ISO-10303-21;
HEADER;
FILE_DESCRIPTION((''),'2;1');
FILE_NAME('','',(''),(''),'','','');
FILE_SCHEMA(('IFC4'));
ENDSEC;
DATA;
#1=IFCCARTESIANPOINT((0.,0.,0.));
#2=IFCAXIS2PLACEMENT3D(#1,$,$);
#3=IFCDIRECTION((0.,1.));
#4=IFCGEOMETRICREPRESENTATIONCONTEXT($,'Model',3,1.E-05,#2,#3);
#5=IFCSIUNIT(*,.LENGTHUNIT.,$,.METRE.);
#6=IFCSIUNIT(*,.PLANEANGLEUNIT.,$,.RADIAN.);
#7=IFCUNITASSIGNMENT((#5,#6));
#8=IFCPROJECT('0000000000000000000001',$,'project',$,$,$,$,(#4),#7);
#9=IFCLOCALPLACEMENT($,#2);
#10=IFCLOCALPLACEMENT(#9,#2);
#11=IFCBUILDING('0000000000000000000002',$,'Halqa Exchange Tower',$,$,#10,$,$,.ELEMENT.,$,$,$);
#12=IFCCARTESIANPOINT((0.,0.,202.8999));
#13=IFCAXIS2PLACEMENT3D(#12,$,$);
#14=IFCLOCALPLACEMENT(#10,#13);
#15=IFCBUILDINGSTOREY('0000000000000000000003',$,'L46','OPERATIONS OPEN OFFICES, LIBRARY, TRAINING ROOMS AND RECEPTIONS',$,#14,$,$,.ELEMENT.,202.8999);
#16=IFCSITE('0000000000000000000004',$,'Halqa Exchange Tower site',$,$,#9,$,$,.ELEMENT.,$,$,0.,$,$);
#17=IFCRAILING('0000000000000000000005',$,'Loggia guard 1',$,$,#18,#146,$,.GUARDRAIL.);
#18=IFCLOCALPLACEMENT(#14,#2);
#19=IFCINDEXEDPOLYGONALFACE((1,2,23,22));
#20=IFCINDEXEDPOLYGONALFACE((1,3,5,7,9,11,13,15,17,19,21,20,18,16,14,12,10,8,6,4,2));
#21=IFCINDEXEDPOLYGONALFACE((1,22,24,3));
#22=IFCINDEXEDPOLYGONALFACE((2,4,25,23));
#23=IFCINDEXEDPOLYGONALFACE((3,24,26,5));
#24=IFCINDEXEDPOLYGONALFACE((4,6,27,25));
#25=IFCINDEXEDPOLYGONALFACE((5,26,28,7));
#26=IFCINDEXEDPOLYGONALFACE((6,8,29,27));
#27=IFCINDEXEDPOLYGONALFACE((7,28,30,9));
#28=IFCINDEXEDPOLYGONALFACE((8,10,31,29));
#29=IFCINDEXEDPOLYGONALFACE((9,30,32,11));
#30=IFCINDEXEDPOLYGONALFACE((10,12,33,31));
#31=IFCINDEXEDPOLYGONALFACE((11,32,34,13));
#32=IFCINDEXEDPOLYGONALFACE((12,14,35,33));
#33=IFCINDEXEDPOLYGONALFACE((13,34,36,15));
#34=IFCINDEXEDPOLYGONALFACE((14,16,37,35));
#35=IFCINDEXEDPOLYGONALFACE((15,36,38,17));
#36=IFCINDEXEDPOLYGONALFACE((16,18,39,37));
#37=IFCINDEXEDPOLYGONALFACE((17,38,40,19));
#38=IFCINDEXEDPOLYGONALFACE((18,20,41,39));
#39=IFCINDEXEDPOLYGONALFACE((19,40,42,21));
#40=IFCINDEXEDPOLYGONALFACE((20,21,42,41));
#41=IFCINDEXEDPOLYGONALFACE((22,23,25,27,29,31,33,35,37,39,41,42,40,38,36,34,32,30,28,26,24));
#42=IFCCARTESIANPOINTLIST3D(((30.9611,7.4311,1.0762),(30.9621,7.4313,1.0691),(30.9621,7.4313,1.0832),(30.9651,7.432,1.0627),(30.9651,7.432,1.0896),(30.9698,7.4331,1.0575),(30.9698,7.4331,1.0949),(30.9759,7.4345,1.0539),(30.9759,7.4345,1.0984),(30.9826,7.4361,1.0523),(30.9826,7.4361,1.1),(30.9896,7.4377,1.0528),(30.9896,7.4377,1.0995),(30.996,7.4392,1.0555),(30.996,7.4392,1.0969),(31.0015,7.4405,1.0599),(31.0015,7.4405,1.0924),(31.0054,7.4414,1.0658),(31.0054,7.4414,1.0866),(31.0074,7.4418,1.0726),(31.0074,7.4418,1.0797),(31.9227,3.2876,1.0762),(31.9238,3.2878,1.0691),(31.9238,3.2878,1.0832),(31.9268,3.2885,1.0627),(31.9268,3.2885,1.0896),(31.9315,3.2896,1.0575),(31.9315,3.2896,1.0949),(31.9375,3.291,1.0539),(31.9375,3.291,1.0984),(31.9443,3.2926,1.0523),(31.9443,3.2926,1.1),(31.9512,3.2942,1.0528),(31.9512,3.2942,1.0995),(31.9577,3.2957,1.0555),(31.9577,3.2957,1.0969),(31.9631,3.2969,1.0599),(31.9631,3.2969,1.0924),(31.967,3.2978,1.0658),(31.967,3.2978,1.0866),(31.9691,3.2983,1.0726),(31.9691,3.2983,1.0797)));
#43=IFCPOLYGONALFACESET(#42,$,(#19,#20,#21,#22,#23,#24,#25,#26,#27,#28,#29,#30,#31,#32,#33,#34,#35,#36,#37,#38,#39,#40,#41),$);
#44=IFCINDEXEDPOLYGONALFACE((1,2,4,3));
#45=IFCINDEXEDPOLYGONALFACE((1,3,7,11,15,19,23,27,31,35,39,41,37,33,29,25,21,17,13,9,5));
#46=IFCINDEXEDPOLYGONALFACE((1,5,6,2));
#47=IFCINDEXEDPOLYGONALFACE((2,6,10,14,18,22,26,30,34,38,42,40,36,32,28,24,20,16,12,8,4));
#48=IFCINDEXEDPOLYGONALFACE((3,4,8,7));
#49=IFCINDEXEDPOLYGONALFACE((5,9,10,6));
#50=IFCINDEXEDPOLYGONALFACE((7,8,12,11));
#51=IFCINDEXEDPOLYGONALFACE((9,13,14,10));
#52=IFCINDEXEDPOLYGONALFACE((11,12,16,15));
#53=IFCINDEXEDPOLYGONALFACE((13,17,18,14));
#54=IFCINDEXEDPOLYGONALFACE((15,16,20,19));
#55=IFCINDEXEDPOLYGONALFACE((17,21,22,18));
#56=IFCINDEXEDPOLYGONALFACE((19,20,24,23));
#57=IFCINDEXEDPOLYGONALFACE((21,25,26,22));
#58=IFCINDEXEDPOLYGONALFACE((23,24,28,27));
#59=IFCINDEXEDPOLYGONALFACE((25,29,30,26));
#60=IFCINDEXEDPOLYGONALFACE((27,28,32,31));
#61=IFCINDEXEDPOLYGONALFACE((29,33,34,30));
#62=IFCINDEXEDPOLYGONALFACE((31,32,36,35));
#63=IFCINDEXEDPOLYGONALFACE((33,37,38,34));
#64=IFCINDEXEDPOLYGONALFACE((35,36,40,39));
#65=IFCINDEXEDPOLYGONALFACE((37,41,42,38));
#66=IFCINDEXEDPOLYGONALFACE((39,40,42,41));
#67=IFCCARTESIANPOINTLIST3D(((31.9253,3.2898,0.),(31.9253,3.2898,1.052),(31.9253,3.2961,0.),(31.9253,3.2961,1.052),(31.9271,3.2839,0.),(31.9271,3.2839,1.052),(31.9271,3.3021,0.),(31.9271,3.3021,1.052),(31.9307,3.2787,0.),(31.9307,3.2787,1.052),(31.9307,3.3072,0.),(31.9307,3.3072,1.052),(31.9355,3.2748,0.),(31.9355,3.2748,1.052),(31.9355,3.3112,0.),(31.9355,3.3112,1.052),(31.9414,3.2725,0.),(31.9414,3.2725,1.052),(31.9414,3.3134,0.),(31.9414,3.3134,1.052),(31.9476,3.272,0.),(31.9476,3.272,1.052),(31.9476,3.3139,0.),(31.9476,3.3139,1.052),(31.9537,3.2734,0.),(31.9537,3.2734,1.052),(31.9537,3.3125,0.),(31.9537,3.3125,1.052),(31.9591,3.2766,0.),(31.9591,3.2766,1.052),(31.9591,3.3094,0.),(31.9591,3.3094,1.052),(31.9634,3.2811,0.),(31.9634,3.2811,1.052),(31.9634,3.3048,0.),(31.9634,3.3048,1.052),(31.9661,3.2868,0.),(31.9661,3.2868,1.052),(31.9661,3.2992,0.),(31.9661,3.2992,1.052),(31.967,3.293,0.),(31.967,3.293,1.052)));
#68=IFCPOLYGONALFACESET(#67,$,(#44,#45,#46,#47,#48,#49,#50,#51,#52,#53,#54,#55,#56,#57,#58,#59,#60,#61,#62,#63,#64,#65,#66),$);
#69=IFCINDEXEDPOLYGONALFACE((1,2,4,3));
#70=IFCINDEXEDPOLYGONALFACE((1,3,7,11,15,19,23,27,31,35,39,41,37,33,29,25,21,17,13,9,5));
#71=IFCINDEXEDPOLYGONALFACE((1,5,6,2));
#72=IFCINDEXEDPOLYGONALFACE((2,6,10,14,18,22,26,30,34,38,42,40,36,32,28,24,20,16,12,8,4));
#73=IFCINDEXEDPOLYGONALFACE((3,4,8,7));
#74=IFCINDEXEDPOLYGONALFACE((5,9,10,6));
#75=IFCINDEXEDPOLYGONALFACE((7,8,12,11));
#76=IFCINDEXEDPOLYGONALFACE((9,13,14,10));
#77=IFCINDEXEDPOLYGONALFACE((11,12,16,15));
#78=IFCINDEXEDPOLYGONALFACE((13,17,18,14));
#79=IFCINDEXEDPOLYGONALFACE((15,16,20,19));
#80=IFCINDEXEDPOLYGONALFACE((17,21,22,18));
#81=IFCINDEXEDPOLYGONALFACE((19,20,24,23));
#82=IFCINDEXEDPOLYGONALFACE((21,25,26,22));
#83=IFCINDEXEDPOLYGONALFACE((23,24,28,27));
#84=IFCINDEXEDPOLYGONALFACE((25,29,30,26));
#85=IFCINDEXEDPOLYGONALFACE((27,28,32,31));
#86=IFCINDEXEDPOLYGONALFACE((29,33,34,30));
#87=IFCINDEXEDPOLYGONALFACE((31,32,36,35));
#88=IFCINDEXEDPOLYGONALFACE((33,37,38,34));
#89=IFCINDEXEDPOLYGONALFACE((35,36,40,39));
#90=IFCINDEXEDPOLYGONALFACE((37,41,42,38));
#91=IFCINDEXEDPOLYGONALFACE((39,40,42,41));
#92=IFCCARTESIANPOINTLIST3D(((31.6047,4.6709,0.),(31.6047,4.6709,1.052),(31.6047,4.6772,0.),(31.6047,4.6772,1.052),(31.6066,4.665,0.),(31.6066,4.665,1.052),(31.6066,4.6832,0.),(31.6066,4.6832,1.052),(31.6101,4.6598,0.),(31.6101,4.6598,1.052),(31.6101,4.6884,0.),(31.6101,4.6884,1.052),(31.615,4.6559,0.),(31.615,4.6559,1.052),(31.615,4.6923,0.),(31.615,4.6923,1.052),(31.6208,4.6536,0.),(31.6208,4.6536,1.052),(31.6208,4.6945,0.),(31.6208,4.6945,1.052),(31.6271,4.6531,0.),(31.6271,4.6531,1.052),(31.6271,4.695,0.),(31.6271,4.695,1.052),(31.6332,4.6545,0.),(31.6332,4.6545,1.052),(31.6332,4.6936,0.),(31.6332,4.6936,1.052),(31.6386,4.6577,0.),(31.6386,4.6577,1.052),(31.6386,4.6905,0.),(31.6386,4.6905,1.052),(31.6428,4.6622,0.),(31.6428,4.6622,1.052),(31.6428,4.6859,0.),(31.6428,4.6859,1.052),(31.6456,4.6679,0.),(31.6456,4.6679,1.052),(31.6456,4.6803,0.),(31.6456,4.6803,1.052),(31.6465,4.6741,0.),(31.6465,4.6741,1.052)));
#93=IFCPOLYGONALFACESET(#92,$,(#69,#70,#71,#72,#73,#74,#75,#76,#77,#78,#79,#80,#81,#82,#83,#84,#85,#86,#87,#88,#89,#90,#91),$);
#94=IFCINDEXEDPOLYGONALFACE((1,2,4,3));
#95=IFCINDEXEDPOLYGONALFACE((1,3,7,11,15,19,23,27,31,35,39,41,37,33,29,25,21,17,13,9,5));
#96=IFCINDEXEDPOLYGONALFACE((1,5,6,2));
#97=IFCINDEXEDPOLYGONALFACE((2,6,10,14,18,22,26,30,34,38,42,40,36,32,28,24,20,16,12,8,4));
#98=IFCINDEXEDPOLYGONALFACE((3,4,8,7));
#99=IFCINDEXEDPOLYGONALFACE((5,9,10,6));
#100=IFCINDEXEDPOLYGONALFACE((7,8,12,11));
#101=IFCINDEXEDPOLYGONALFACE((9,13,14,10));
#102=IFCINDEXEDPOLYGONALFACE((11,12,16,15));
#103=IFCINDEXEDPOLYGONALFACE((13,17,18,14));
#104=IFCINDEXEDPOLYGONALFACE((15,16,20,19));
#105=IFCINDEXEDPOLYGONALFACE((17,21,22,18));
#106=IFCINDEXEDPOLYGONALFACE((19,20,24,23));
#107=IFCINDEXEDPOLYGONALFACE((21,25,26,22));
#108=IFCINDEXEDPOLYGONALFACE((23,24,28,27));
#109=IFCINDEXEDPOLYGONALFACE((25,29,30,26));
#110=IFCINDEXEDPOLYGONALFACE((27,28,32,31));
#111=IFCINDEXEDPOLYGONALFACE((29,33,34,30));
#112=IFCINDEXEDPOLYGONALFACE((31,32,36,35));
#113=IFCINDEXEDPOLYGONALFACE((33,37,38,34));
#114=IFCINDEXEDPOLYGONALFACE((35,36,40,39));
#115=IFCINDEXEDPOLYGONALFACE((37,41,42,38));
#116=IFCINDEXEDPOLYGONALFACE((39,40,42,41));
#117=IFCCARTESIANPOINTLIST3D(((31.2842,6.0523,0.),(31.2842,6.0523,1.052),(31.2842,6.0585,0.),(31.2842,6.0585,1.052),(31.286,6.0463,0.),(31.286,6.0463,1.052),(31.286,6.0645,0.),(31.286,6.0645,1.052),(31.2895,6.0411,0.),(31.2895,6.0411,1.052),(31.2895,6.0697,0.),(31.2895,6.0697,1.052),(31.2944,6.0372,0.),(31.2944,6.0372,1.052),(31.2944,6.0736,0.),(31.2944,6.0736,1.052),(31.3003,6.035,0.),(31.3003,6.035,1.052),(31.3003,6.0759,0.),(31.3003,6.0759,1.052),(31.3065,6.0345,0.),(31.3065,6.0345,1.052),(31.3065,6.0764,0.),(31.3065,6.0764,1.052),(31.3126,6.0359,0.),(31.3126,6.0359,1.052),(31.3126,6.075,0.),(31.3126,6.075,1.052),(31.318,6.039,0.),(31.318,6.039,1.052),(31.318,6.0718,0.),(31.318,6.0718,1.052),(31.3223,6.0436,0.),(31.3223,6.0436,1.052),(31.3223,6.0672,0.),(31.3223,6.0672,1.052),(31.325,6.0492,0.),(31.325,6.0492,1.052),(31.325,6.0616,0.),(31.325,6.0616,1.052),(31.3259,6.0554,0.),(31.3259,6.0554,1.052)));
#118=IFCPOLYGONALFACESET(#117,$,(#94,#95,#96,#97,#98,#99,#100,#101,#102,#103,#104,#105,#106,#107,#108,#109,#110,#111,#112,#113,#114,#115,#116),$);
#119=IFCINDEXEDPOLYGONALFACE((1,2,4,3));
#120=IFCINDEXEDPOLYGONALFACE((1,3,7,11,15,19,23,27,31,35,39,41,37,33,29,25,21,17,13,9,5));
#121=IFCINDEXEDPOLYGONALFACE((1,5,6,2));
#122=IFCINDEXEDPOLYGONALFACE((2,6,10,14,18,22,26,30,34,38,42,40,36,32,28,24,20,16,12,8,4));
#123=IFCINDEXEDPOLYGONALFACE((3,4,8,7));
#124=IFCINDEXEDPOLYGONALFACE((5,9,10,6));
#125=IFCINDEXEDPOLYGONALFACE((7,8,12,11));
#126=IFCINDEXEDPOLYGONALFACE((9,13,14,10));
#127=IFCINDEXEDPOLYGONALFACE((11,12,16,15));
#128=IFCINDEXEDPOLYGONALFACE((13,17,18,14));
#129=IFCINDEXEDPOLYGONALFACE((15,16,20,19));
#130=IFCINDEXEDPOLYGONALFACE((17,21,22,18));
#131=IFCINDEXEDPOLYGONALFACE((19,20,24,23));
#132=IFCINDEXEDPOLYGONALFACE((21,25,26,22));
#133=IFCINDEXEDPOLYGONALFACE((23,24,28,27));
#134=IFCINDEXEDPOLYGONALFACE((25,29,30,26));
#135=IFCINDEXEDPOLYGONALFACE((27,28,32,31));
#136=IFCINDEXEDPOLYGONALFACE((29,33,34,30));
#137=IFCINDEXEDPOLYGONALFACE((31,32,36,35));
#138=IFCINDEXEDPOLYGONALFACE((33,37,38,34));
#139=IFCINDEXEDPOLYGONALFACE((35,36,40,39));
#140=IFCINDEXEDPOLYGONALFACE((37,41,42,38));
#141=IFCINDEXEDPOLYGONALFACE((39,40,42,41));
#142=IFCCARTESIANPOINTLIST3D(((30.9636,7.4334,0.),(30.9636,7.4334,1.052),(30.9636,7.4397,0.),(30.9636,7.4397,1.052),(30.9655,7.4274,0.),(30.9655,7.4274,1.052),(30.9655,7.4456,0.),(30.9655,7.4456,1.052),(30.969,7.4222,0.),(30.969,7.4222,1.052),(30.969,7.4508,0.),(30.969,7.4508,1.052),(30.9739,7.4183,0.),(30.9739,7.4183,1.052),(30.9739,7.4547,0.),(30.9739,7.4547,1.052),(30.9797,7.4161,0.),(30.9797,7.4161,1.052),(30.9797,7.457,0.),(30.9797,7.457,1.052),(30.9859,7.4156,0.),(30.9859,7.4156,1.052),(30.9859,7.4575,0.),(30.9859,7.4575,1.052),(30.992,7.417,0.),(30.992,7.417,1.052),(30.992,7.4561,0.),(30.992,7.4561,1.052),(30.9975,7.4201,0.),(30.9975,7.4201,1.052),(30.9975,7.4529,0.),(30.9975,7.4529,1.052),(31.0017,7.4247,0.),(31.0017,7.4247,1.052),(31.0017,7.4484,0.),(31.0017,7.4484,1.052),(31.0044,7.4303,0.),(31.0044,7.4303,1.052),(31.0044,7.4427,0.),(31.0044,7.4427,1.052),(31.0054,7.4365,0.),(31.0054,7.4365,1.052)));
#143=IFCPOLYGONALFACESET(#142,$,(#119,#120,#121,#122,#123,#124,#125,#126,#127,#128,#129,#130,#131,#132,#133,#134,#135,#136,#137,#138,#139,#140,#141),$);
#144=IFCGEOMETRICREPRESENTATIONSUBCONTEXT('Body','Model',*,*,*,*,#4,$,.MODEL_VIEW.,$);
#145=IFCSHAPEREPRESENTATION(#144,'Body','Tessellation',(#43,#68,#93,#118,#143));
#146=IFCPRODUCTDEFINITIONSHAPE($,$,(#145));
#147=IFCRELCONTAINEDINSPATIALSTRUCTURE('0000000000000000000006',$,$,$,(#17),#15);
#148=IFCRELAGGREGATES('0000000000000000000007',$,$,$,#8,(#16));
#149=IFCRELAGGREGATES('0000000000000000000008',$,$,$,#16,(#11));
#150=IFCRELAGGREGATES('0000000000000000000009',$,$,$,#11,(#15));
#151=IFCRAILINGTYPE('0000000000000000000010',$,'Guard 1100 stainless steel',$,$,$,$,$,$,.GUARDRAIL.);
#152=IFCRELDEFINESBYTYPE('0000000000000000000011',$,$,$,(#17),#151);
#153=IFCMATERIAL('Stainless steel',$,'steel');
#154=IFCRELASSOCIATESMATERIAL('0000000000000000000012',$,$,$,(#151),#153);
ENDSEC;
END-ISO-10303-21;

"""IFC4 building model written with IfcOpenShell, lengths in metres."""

from ifc_helpers import new_model, si_unit, direction, frame, origin, origin_2d, place, context, subcontext, project, spatial, circle, extrude, material, type_object, element, save


model = new_model("IFC4")

# Units and contexts
model_context = context("Model", 3, precision=1e-05, world=origin(), true_north=direction((0.0, 1.0)))
body_context = subcontext(model_context, "Body", "Model", "MODEL_VIEW")
ifc_project = project(units=[si_unit("LENGTHUNIT", "METRE"), si_unit("PLANEANGLEUNIT", "RADIAN")], contexts=[model_context])

# Site, building, storey
site_placement = place(None, origin())
site = spatial("IfcSite", under=ifc_project, at=site_placement, Name="Halqa Exchange Tower site", CompositionType="ELEMENT", RefElevation=0.0)
building_placement = place(site_placement, origin())
building = spatial("IfcBuilding", under=site, at=building_placement, Name="Halqa Exchange Tower", CompositionType="ELEMENT")
storey_placement = place(building_placement, frame((0.0, 0.0, 202.8999)))
storey = spatial("IfcBuildingStorey", under=building, at=storey_placement, Name="L46", Description="OPERATIONS OPEN OFFICES, LIBRARY, TRAINING ROOMS AND RECEPTIONS", CompositionType="ELEMENT", Elevation=202.8999)

# Railing
ifc_material_1 = material(Name="Stainless steel", Category="steel")
railing_type = type_object("IfcRailingType", Name="Guard 1100 stainless steel", PredefinedType="GUARDRAIL", material=ifc_material_1)
railing_1_placement = place(storey_placement, frame((31.946, 3.293, 0.0)))
element("IfcRailing", 1, at=railing_1_placement, inside=storey, type_object=railing_type, Name="Loggia guard 1", PredefinedType="GUARDRAIL", context=body_context, shape_type="SweptSolid", body=[
    extrude(circle(Radius=0.0239, at=origin_2d()), frame((0.0, 0.0, 1.0762), z_axis=(-0.226079, 0.974109, 0.0), x_axis=(-0.974109, -0.226079, 0.0)), (0.0, 0.0, 1.0), 4.2537),
    extrude(circle(Radius=0.021, at=origin_2d()), origin(), (0.0, 0.0, 1.0), 1.052),
    extrude(circle(Radius=0.021, at=origin_2d()), frame((-0.3206, 1.3811, 0.0)), (0.0, 0.0, 1.0), 1.052),
    extrude(circle(Radius=0.021, at=origin_2d()), frame((-0.6411, 2.7625, 0.0)), (0.0, 0.0, 1.0), 1.052),
    extrude(circle(Radius=0.021, at=origin_2d()), frame((-0.9617, 4.1436, 0.0)), (0.0, 0.0, 1.0), 1.052),
])

save(model, "model.ifc")
